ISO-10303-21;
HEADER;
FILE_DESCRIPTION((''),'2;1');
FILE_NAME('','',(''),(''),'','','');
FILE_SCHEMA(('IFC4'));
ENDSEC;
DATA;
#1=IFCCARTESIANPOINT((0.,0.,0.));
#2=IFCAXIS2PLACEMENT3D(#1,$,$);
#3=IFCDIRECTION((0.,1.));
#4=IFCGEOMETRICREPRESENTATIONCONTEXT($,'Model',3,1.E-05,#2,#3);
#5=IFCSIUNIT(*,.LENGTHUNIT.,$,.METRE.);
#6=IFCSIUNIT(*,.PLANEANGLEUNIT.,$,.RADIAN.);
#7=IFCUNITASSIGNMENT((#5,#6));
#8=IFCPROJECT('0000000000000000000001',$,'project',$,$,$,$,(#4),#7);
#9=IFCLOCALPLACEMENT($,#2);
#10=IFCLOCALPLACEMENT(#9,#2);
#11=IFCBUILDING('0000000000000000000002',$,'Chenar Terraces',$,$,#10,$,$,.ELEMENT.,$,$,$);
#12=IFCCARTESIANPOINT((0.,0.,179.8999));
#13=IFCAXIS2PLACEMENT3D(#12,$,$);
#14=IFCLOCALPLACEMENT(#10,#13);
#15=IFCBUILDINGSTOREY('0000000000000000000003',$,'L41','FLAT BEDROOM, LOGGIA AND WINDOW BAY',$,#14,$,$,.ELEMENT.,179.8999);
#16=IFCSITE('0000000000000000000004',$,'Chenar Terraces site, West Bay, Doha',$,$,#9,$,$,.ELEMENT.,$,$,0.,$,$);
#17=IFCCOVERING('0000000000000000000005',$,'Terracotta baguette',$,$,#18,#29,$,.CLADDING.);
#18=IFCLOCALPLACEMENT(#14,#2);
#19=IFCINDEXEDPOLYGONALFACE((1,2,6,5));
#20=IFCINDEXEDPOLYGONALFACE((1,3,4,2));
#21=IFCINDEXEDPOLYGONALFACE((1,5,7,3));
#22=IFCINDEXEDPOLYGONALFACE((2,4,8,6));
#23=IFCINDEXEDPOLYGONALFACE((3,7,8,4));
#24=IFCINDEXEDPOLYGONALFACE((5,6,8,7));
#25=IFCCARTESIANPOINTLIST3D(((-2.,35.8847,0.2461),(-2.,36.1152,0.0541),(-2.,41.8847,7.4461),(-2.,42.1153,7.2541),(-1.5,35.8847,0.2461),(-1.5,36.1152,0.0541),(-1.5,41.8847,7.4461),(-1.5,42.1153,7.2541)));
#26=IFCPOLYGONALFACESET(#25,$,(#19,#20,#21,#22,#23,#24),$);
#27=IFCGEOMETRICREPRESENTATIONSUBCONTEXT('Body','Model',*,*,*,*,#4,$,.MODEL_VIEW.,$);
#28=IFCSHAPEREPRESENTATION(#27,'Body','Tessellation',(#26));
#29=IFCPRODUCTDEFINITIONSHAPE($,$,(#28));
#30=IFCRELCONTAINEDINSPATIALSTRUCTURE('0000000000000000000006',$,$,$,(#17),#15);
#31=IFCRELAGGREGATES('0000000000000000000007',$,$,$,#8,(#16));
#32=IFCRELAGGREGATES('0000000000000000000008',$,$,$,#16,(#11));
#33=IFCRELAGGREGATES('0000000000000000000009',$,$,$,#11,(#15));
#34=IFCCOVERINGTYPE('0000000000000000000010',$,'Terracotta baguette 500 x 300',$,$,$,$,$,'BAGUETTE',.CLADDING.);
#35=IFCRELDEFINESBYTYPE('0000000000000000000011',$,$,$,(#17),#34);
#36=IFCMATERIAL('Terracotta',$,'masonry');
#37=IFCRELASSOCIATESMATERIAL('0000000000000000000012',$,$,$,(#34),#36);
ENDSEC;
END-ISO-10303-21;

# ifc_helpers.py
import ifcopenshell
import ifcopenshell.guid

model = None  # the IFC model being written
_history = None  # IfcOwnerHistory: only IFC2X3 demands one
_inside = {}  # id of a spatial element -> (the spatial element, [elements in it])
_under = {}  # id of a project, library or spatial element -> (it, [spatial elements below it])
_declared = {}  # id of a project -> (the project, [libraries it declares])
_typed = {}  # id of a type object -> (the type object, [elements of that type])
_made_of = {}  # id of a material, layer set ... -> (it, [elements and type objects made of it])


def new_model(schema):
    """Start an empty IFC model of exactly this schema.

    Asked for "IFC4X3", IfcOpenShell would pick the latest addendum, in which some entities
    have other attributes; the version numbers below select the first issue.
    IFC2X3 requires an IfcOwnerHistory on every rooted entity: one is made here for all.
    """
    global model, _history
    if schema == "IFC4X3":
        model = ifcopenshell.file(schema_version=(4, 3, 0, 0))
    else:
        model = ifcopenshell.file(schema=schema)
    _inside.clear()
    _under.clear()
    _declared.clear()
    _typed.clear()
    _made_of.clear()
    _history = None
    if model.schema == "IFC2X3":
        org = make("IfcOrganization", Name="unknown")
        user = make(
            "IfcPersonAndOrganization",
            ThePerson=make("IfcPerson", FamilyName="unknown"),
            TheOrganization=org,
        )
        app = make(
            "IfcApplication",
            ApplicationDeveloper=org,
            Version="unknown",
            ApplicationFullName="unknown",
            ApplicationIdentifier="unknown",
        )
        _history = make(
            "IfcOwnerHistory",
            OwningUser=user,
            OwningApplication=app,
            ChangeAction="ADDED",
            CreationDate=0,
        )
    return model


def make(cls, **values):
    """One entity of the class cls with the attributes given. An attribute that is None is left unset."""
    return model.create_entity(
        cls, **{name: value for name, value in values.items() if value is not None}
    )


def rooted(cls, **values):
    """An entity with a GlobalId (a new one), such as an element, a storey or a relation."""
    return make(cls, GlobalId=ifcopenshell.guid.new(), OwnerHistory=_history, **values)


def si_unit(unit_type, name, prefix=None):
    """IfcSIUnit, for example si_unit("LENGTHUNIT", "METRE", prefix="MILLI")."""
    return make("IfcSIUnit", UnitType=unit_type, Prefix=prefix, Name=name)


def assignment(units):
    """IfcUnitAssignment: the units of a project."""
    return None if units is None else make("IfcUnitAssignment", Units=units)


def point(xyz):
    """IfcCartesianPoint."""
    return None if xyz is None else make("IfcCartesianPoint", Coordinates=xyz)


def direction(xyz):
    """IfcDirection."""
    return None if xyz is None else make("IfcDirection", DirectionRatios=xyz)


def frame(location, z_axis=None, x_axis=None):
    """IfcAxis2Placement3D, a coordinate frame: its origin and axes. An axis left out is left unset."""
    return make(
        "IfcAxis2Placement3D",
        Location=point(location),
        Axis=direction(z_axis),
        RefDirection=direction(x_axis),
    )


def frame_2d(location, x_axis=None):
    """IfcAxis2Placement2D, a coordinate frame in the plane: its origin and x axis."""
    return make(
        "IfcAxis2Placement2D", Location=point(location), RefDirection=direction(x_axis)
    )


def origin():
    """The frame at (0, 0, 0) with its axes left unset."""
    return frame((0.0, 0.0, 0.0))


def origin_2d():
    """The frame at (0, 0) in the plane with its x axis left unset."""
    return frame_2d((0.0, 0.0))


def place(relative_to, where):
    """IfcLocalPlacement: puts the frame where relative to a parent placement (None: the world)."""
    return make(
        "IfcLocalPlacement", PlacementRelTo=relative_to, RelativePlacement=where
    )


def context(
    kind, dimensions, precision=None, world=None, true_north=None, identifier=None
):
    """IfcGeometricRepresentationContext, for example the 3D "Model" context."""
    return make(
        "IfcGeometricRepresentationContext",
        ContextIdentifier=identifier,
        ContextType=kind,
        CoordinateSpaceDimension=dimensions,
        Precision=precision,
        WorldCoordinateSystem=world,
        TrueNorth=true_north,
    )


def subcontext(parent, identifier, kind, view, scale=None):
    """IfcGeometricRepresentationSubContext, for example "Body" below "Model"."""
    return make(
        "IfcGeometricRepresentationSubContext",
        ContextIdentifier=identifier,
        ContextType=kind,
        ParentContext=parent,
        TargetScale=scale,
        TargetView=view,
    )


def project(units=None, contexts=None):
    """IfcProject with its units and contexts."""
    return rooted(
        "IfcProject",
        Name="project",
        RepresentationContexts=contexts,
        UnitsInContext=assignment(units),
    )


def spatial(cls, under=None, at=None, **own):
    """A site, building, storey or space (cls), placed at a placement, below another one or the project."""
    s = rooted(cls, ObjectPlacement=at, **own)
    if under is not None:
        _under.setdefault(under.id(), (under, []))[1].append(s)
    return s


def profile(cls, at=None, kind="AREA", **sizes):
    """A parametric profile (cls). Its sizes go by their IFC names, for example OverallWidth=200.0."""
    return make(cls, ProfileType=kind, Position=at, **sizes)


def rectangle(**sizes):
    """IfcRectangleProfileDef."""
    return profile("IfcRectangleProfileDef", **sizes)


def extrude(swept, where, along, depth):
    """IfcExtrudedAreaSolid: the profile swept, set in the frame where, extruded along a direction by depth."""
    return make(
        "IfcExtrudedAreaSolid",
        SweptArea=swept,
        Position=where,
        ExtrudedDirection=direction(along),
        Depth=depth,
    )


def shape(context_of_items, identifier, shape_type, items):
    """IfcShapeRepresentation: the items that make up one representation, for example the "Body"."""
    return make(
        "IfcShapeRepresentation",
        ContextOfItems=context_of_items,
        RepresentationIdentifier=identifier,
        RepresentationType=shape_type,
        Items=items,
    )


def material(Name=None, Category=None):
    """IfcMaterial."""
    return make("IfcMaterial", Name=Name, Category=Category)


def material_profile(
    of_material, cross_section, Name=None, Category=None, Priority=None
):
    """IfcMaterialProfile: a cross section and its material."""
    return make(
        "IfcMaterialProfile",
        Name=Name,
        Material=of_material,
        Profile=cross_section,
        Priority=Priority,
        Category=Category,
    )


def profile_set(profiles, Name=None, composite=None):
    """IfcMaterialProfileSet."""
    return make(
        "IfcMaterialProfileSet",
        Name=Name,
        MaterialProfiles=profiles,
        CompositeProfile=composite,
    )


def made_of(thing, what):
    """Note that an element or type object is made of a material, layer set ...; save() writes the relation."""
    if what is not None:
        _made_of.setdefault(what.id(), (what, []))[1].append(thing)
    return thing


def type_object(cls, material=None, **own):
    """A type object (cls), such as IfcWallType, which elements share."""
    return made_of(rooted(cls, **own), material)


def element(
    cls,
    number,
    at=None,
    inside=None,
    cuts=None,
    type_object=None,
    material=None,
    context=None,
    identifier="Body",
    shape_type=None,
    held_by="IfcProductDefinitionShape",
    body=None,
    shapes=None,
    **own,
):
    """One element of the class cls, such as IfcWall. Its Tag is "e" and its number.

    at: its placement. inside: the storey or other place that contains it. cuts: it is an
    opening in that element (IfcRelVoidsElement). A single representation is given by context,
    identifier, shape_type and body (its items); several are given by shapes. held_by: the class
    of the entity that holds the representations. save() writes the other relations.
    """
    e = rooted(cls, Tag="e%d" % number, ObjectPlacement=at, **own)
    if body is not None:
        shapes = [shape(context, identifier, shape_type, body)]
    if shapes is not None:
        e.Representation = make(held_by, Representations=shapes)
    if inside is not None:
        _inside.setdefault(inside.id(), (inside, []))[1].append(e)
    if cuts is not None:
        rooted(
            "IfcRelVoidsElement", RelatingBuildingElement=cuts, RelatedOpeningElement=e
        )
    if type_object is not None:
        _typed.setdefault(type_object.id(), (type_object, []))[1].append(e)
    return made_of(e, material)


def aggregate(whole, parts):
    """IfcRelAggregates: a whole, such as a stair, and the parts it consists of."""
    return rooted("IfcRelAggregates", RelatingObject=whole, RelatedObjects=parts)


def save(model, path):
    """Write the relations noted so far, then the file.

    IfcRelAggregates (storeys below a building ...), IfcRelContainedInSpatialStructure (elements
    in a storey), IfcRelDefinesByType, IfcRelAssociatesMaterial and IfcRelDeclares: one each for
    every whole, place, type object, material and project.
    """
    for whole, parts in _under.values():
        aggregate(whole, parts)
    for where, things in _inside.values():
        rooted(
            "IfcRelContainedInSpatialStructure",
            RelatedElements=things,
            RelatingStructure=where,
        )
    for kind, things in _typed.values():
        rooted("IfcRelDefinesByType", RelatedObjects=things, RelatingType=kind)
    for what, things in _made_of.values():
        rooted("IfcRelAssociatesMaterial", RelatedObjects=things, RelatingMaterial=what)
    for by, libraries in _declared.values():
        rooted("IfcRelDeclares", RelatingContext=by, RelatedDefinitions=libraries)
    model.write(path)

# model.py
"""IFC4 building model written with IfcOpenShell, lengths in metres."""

from ifc_helpers import new_model, si_unit, direction, frame, origin, origin_2d, place, context, subcontext, project, spatial, rectangle, extrude, material, material_profile, profile_set, type_object, element, save


model = new_model("IFC4")

# Units and contexts
model_context = context("Model", 3, precision=1e-05, world=origin(), true_north=direction((0.0, 1.0)))
body_context = subcontext(model_context, "Body", "Model", "MODEL_VIEW")
ifc_project = project(units=[si_unit("LENGTHUNIT", "METRE"), si_unit("PLANEANGLEUNIT", "RADIAN")], contexts=[model_context])

# Site, building, storey
site_placement = place(None, origin())
site = spatial("IfcSite", under=ifc_project, at=site_placement, Name="Chenar Terraces site, West Bay, Doha", CompositionType="ELEMENT", RefElevation=0.0)
building_placement = place(site_placement, origin())
building = spatial("IfcBuilding", under=site, at=building_placement, Name="Chenar Terraces", CompositionType="ELEMENT")
storey_placement = place(building_placement, frame((0.0, 0.0, 179.8999)))
storey = spatial("IfcBuildingStorey", under=building, at=storey_placement, Name="L41", Description="FLAT BEDROOM, LOGGIA AND WINDOW BAY", CompositionType="ELEMENT", Elevation=179.8999)

# Covering
ifc_material_1 = material(Name="Terracotta", Category="masonry")
ifc_material_profile_1 = material_profile(ifc_material_1, rectangle(XDim=0.5, YDim=0.3, at=origin_2d()), Name="Terracotta baguette 500 x 300")
ifc_profile_set_1 = profile_set([ifc_material_profile_1], Name="Terracotta")
covering_type = type_object("IfcCoveringType", Name="Terracotta baguette 500 x 300", ElementType="BAGUETTE", PredefinedType="CLADDING", material=ifc_profile_set_1)
for number, where, z_axis, x_axis, name in (
    (1, (-1.75, 42.0, 7.3501), (0.0, -0.640187, -0.768219), (1.0, 0.0, 0.0), "Terracotta baguette"),
):
    element("IfcCovering", number, at=place(storey_placement, frame(where, z_axis=z_axis, x_axis=x_axis)), inside=storey, type_object=covering_type, Name=name, PredefinedType="CLADDING", context=body_context, shape_type="SweptSolid", body=[
        extrude(rectangle(XDim=0.5, YDim=0.3, at=origin_2d()), origin(), (0.0, 0.0, 1.0), 9.3723),
    ])

save(model, "model.ifc")
